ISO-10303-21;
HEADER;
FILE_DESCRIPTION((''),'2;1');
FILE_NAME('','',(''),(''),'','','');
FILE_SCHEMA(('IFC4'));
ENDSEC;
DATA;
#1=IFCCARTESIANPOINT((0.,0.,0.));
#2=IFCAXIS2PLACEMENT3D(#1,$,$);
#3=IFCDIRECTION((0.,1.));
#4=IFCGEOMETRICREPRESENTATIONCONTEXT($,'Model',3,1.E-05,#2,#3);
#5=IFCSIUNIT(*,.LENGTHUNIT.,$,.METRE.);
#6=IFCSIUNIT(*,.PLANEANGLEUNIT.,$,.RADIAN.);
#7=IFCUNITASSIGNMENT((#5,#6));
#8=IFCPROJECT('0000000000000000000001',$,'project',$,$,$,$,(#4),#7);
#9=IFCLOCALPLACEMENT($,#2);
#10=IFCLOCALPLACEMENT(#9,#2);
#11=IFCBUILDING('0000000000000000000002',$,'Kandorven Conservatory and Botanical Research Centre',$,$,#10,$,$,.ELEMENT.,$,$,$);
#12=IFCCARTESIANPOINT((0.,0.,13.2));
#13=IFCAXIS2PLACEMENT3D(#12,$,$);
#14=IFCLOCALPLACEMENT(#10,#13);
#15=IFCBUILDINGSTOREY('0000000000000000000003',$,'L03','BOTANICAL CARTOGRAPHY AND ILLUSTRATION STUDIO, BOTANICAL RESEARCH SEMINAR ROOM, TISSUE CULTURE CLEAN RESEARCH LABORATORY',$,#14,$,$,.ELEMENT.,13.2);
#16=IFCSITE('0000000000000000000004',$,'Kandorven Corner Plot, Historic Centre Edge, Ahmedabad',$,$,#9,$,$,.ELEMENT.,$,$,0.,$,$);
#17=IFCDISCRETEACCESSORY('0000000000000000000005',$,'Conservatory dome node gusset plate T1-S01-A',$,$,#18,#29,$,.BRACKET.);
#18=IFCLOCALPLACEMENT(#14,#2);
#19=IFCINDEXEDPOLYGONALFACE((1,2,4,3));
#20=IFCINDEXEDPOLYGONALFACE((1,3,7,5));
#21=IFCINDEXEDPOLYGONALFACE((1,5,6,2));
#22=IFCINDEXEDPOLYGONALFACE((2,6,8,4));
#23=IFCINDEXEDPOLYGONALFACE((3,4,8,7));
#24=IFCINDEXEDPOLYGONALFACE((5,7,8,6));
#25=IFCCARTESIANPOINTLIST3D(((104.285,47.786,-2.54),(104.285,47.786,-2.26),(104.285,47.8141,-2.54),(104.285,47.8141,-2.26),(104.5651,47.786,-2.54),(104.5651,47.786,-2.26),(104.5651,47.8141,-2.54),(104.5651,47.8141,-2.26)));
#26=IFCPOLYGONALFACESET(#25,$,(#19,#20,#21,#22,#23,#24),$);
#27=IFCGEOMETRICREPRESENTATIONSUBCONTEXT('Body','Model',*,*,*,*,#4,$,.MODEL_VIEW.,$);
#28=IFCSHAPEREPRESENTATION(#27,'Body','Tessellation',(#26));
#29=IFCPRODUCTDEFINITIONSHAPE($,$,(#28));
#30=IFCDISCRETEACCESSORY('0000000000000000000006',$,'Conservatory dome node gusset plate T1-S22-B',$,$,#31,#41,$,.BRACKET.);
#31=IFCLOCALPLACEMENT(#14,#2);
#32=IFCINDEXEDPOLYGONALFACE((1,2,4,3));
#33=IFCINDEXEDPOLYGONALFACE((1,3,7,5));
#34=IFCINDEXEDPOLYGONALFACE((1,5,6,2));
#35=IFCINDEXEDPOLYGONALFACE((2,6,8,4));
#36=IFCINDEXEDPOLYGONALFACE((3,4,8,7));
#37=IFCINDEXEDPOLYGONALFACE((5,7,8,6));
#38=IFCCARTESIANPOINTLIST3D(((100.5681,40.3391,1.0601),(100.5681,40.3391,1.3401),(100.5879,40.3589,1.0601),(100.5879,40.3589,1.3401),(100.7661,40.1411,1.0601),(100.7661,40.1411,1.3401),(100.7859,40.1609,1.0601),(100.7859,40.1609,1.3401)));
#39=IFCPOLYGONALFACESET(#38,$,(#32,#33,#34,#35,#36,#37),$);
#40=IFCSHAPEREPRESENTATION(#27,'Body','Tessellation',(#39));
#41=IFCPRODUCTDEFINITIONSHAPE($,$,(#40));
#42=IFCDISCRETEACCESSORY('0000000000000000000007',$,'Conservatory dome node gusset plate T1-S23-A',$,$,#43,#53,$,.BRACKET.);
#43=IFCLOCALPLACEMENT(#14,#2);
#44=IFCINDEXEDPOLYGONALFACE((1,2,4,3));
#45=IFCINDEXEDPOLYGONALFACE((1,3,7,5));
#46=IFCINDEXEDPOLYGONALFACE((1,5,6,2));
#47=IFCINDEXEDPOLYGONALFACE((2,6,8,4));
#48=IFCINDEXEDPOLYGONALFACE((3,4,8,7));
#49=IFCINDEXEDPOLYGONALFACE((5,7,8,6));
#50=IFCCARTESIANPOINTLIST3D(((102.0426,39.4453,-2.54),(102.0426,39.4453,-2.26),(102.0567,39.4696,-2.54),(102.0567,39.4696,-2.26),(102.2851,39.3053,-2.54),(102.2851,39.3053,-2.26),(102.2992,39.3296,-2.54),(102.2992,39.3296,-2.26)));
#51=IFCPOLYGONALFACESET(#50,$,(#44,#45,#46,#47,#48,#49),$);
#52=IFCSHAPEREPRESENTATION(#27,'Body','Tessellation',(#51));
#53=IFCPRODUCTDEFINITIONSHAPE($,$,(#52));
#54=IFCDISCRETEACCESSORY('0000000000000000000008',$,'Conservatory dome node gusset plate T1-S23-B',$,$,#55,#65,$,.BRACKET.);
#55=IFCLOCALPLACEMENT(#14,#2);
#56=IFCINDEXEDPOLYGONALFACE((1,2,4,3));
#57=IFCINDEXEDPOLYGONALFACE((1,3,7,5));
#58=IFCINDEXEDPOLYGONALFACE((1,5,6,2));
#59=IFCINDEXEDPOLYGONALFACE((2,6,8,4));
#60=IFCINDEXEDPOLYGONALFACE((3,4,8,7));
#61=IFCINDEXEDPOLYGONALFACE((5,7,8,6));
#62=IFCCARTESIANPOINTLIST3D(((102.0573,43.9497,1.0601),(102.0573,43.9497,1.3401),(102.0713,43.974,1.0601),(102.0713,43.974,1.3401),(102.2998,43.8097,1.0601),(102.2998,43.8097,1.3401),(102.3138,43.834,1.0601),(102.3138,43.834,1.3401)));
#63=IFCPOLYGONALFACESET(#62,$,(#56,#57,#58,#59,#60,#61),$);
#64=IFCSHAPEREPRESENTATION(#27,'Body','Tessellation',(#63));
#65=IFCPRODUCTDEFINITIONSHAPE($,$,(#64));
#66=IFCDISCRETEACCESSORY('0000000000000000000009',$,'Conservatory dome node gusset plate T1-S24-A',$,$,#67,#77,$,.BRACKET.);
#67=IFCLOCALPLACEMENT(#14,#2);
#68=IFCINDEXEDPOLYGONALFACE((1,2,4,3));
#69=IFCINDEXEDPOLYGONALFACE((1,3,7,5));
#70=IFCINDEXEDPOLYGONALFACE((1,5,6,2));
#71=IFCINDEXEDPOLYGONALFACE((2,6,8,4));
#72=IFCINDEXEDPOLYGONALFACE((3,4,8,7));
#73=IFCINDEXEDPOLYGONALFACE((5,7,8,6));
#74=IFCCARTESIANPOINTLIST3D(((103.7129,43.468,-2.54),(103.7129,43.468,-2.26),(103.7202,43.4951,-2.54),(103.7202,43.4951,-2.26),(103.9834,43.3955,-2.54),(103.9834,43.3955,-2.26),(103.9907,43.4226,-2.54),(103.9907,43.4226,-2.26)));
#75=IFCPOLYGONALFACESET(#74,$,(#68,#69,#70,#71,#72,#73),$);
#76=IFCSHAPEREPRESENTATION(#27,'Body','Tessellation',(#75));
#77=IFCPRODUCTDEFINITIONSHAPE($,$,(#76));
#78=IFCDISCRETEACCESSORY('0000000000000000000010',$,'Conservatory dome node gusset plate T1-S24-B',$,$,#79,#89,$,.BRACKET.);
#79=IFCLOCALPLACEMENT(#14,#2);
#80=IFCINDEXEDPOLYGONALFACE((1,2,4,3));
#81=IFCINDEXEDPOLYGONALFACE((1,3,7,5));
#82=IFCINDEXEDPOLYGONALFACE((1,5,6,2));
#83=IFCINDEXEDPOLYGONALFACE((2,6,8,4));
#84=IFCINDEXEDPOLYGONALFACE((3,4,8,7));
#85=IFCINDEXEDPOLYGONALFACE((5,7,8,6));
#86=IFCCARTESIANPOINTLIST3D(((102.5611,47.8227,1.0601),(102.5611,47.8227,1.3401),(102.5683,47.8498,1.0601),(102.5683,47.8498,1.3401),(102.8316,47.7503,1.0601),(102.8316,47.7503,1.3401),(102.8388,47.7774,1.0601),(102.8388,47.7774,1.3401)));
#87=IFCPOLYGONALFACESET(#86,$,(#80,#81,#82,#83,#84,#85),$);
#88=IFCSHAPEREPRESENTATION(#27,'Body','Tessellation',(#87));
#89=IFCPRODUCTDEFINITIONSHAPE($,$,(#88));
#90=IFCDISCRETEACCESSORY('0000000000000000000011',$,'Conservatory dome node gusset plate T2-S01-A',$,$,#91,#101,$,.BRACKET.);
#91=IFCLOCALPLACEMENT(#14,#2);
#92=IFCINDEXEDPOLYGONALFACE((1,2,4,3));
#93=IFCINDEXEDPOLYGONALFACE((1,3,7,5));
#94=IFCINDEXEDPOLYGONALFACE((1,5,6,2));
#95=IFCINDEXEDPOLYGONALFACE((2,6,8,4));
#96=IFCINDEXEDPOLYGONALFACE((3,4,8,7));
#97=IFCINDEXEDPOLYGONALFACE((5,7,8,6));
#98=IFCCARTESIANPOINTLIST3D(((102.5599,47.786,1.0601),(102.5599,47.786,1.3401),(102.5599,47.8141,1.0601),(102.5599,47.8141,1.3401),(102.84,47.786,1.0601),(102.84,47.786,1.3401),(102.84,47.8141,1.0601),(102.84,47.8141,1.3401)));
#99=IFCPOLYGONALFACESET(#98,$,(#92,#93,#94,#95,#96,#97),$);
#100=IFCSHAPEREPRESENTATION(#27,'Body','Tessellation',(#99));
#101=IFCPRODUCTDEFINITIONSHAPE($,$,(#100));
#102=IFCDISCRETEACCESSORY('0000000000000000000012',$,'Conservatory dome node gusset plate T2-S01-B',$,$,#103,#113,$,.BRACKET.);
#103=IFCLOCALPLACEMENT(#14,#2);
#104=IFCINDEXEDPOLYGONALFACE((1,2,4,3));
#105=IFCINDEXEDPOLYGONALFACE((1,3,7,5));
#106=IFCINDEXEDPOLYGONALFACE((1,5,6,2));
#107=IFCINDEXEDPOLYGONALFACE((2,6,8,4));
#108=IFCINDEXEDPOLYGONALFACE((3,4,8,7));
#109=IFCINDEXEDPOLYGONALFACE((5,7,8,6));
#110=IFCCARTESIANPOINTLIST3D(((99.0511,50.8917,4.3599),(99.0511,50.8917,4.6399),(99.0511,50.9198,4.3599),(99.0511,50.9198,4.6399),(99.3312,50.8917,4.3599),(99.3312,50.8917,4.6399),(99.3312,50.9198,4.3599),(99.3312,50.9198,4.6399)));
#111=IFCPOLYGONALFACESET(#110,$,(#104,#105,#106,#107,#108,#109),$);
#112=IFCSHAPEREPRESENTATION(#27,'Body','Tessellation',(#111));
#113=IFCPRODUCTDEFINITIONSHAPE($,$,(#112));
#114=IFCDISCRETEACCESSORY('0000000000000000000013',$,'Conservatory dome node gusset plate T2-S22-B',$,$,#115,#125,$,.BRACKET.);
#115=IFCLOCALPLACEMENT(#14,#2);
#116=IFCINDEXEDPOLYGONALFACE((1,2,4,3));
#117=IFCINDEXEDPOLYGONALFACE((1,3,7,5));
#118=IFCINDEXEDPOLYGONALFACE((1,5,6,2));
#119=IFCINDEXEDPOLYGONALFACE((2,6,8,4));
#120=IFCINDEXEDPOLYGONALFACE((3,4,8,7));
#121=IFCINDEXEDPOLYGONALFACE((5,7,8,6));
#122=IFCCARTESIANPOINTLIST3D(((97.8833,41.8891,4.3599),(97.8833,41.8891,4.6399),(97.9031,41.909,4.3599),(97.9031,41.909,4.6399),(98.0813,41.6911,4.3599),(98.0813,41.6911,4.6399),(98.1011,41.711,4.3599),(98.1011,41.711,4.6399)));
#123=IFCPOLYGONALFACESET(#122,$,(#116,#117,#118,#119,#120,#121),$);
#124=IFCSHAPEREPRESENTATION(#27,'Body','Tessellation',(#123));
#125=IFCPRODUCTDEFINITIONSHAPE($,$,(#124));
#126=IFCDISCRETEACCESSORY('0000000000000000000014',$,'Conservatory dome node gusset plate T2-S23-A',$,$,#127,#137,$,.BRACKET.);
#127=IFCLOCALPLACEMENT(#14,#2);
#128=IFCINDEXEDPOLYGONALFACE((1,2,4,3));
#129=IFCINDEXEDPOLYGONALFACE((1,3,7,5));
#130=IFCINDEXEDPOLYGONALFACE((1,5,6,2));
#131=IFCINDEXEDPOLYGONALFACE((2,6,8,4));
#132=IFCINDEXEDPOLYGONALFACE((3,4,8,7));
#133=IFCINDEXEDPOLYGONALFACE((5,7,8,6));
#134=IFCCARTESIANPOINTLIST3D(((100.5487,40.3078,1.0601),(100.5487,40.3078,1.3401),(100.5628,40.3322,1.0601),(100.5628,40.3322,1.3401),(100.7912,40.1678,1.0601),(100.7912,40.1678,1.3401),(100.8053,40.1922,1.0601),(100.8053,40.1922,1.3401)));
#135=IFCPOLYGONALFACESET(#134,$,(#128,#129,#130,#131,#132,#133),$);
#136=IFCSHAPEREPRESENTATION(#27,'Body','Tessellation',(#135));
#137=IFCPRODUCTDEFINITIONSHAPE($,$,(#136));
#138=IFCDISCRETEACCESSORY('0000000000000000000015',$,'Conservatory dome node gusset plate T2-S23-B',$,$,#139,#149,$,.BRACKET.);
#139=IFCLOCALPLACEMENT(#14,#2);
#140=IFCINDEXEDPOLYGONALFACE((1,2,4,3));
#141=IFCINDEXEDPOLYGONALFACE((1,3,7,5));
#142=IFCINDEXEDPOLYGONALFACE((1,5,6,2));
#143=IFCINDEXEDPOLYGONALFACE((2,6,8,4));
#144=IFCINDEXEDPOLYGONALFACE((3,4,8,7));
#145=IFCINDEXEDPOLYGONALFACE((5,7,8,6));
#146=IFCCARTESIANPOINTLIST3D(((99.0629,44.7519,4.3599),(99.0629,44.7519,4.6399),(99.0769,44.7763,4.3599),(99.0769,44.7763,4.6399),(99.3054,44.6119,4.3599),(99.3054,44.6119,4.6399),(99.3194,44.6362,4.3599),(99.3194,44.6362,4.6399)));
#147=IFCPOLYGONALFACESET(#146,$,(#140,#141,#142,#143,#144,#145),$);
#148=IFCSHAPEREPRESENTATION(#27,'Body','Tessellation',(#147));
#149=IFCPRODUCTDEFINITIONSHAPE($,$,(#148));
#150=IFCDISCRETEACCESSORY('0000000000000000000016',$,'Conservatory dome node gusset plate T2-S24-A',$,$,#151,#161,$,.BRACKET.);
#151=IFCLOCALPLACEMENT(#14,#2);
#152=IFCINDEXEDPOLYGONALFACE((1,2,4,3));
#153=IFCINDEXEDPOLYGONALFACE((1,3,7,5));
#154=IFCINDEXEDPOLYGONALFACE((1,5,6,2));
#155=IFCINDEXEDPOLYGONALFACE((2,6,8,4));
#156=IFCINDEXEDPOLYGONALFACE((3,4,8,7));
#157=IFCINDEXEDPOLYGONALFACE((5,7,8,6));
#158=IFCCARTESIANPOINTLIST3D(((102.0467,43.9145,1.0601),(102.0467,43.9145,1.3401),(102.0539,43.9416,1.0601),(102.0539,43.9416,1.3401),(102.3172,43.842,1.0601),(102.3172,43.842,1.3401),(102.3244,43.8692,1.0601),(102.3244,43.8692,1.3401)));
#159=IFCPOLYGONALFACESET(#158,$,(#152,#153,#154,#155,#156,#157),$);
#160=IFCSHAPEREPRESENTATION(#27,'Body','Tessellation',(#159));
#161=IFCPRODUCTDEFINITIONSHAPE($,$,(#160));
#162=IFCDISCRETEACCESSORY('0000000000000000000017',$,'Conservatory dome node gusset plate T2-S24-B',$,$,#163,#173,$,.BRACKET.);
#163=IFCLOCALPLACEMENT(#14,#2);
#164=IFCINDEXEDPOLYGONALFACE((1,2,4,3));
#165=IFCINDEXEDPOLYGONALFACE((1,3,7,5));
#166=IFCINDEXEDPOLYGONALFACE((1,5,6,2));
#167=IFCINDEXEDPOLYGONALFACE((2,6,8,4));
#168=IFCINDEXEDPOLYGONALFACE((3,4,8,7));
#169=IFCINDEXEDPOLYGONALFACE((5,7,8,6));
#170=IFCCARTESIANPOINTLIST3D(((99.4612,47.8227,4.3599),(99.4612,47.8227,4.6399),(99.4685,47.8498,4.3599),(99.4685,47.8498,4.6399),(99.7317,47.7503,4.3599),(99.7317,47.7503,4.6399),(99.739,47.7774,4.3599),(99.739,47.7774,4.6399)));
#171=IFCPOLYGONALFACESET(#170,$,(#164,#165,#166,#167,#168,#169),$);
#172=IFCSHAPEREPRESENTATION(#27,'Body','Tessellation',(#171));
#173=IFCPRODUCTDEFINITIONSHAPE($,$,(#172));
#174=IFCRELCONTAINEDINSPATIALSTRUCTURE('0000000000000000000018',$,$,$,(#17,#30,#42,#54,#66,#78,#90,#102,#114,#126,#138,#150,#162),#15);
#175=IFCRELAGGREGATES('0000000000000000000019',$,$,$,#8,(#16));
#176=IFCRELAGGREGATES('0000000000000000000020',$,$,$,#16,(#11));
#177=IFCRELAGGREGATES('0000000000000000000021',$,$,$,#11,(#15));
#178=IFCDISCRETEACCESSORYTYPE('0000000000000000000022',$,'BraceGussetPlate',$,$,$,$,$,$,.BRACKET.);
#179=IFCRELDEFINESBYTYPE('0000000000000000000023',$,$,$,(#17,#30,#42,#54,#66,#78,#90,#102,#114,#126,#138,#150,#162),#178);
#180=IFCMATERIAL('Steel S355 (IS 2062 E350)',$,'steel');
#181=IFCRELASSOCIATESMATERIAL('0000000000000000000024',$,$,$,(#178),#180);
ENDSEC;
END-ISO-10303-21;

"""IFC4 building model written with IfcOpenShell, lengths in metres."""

from ifc_helpers import new_model, si_unit, direction, frame, origin, origin_2d, place, context, subcontext, project, spatial, rectangle, extrude, material, type_object, element, save


model = new_model("IFC4")

# Units and contexts
model_context = context("Model", 3, precision=1e-05, world=origin(), true_north=direction((0.0, 1.0)))
body_context = subcontext(model_context, "Body", "Model", "MODEL_VIEW")
ifc_project = project(units=[si_unit("LENGTHUNIT", "METRE"), si_unit("PLANEANGLEUNIT", "RADIAN")], contexts=[model_context])

# Site, building, storey
site_placement = place(None, origin())
site = spatial("IfcSite", under=ifc_project, at=site_placement, Name="Kandorven Corner Plot, Historic Centre Edge, Ahmedabad", CompositionType="ELEMENT", RefElevation=0.0)
building_placement = place(site_placement, origin())
building = spatial("IfcBuilding", under=site, at=building_placement, Name="Kandorven Conservatory and Botanical Research Centre", CompositionType="ELEMENT")
storey_placement = place(building_placement, frame((0.0, 0.0, 13.2)))
storey = spatial("IfcBuildingStorey", under=building, at=storey_placement, Name="L03", Description="BOTANICAL CARTOGRAPHY AND ILLUSTRATION STUDIO, BOTANICAL RESEARCH SEMINAR ROOM, TISSUE CULTURE CLEAN RESEARCH LABORATORY", CompositionType="ELEMENT", Elevation=13.2)

# Discrete accessories
ifc_material_1 = material(Name="Steel S355 (IS 2062 E350)", Category="steel")
discrete_accessory_type = type_object("IfcDiscreteAccessoryType", Name="BraceGussetPlate", PredefinedType="BRACKET", material=ifc_material_1)
for number, where, z_axis, x_axis, name in (
    (1, (104.425, 47.8, -2.54), (0.0, 0.0, 1.0), (1.0, 0.0, 0.0), "Conservatory dome node gusset plate T1-S01-A"),
    (2, (100.677, 40.25, 1.0601), (0.0, 0.0, 1.0), (0.707107, -0.707107, 0.0), "Conservatory dome node gusset plate T1-S22-B"),
    (3, (102.1709, 39.3875, -2.54), (0.0, 0.0, 1.0), (0.866025, -0.5, 0.0), "Conservatory dome node gusset plate T1-S23-A"),
    (4, (102.1855, 43.8918, 1.0601), (0.0, 0.0, 1.0), (0.866025, -0.5, 0.0), "Conservatory dome node gusset plate T1-S23-B"),
    (5, (103.8518, 43.4453, -2.54), (0.0, 0.0, 1.0), (0.965926, -0.258819, 0.0), "Conservatory dome node gusset plate T1-S24-A"),
    (6, (102.7, 47.8, 1.0601), (0.0, 0.0, 1.0), (0.965926, -0.258819, 0.0), "Conservatory dome node gusset plate T1-S24-B"),
    (7, (102.7, 47.8, 1.0601), (0.0, 0.0, 1.0), (1.0, 0.0, 0.0), "Conservatory dome node gusset plate T2-S01-A"),
    (8, (99.1912, 50.9058, 4.3599), (0.0, 0.0, 1.0), (1.0, 0.0, 0.0), "Conservatory dome node gusset plate T2-S01-B"),
    (9, (97.9922, 41.8, 4.3599), (0.0, 0.0, 1.0), (0.707107, -0.707107, 0.0), "Conservatory dome node gusset plate T2-S22-B"),
    (10, (100.677, 40.25, 1.0601), (0.0, 0.0, 1.0), (0.866025, -0.5, 0.0), "Conservatory dome node gusset plate T2-S23-A"),
    (11, (99.1912, 44.6941, 4.3599), (0.0, 0.0, 1.0), (0.866025, -0.5, 0.0), "Conservatory dome node gusset plate T2-S23-B"),
    (12, (102.1855, 43.8918, 1.0601), (0.0, 0.0, 1.0), (0.965926, -0.258819, 0.0), "Conservatory dome node gusset plate T2-S24-A"),
    (13, (99.6001, 47.8, 4.3599), (0.0, 0.0, 1.0), (0.965926, -0.258819, 0.0), "Conservatory dome node gusset plate T2-S24-B"),
):
    element("IfcDiscreteAccessory", number, at=place(storey_placement, frame(where, z_axis=z_axis, x_axis=x_axis)), inside=storey, type_object=discrete_accessory_type, Name=name, PredefinedType="BRACKET", context=body_context, shape_type="SweptSolid", body=[
        extrude(rectangle(XDim=0.28, YDim=0.0281, at=origin_2d()), origin(), (0.0, 0.0, 1.0), 0.28),
    ])

save(model, "model.ifc")
